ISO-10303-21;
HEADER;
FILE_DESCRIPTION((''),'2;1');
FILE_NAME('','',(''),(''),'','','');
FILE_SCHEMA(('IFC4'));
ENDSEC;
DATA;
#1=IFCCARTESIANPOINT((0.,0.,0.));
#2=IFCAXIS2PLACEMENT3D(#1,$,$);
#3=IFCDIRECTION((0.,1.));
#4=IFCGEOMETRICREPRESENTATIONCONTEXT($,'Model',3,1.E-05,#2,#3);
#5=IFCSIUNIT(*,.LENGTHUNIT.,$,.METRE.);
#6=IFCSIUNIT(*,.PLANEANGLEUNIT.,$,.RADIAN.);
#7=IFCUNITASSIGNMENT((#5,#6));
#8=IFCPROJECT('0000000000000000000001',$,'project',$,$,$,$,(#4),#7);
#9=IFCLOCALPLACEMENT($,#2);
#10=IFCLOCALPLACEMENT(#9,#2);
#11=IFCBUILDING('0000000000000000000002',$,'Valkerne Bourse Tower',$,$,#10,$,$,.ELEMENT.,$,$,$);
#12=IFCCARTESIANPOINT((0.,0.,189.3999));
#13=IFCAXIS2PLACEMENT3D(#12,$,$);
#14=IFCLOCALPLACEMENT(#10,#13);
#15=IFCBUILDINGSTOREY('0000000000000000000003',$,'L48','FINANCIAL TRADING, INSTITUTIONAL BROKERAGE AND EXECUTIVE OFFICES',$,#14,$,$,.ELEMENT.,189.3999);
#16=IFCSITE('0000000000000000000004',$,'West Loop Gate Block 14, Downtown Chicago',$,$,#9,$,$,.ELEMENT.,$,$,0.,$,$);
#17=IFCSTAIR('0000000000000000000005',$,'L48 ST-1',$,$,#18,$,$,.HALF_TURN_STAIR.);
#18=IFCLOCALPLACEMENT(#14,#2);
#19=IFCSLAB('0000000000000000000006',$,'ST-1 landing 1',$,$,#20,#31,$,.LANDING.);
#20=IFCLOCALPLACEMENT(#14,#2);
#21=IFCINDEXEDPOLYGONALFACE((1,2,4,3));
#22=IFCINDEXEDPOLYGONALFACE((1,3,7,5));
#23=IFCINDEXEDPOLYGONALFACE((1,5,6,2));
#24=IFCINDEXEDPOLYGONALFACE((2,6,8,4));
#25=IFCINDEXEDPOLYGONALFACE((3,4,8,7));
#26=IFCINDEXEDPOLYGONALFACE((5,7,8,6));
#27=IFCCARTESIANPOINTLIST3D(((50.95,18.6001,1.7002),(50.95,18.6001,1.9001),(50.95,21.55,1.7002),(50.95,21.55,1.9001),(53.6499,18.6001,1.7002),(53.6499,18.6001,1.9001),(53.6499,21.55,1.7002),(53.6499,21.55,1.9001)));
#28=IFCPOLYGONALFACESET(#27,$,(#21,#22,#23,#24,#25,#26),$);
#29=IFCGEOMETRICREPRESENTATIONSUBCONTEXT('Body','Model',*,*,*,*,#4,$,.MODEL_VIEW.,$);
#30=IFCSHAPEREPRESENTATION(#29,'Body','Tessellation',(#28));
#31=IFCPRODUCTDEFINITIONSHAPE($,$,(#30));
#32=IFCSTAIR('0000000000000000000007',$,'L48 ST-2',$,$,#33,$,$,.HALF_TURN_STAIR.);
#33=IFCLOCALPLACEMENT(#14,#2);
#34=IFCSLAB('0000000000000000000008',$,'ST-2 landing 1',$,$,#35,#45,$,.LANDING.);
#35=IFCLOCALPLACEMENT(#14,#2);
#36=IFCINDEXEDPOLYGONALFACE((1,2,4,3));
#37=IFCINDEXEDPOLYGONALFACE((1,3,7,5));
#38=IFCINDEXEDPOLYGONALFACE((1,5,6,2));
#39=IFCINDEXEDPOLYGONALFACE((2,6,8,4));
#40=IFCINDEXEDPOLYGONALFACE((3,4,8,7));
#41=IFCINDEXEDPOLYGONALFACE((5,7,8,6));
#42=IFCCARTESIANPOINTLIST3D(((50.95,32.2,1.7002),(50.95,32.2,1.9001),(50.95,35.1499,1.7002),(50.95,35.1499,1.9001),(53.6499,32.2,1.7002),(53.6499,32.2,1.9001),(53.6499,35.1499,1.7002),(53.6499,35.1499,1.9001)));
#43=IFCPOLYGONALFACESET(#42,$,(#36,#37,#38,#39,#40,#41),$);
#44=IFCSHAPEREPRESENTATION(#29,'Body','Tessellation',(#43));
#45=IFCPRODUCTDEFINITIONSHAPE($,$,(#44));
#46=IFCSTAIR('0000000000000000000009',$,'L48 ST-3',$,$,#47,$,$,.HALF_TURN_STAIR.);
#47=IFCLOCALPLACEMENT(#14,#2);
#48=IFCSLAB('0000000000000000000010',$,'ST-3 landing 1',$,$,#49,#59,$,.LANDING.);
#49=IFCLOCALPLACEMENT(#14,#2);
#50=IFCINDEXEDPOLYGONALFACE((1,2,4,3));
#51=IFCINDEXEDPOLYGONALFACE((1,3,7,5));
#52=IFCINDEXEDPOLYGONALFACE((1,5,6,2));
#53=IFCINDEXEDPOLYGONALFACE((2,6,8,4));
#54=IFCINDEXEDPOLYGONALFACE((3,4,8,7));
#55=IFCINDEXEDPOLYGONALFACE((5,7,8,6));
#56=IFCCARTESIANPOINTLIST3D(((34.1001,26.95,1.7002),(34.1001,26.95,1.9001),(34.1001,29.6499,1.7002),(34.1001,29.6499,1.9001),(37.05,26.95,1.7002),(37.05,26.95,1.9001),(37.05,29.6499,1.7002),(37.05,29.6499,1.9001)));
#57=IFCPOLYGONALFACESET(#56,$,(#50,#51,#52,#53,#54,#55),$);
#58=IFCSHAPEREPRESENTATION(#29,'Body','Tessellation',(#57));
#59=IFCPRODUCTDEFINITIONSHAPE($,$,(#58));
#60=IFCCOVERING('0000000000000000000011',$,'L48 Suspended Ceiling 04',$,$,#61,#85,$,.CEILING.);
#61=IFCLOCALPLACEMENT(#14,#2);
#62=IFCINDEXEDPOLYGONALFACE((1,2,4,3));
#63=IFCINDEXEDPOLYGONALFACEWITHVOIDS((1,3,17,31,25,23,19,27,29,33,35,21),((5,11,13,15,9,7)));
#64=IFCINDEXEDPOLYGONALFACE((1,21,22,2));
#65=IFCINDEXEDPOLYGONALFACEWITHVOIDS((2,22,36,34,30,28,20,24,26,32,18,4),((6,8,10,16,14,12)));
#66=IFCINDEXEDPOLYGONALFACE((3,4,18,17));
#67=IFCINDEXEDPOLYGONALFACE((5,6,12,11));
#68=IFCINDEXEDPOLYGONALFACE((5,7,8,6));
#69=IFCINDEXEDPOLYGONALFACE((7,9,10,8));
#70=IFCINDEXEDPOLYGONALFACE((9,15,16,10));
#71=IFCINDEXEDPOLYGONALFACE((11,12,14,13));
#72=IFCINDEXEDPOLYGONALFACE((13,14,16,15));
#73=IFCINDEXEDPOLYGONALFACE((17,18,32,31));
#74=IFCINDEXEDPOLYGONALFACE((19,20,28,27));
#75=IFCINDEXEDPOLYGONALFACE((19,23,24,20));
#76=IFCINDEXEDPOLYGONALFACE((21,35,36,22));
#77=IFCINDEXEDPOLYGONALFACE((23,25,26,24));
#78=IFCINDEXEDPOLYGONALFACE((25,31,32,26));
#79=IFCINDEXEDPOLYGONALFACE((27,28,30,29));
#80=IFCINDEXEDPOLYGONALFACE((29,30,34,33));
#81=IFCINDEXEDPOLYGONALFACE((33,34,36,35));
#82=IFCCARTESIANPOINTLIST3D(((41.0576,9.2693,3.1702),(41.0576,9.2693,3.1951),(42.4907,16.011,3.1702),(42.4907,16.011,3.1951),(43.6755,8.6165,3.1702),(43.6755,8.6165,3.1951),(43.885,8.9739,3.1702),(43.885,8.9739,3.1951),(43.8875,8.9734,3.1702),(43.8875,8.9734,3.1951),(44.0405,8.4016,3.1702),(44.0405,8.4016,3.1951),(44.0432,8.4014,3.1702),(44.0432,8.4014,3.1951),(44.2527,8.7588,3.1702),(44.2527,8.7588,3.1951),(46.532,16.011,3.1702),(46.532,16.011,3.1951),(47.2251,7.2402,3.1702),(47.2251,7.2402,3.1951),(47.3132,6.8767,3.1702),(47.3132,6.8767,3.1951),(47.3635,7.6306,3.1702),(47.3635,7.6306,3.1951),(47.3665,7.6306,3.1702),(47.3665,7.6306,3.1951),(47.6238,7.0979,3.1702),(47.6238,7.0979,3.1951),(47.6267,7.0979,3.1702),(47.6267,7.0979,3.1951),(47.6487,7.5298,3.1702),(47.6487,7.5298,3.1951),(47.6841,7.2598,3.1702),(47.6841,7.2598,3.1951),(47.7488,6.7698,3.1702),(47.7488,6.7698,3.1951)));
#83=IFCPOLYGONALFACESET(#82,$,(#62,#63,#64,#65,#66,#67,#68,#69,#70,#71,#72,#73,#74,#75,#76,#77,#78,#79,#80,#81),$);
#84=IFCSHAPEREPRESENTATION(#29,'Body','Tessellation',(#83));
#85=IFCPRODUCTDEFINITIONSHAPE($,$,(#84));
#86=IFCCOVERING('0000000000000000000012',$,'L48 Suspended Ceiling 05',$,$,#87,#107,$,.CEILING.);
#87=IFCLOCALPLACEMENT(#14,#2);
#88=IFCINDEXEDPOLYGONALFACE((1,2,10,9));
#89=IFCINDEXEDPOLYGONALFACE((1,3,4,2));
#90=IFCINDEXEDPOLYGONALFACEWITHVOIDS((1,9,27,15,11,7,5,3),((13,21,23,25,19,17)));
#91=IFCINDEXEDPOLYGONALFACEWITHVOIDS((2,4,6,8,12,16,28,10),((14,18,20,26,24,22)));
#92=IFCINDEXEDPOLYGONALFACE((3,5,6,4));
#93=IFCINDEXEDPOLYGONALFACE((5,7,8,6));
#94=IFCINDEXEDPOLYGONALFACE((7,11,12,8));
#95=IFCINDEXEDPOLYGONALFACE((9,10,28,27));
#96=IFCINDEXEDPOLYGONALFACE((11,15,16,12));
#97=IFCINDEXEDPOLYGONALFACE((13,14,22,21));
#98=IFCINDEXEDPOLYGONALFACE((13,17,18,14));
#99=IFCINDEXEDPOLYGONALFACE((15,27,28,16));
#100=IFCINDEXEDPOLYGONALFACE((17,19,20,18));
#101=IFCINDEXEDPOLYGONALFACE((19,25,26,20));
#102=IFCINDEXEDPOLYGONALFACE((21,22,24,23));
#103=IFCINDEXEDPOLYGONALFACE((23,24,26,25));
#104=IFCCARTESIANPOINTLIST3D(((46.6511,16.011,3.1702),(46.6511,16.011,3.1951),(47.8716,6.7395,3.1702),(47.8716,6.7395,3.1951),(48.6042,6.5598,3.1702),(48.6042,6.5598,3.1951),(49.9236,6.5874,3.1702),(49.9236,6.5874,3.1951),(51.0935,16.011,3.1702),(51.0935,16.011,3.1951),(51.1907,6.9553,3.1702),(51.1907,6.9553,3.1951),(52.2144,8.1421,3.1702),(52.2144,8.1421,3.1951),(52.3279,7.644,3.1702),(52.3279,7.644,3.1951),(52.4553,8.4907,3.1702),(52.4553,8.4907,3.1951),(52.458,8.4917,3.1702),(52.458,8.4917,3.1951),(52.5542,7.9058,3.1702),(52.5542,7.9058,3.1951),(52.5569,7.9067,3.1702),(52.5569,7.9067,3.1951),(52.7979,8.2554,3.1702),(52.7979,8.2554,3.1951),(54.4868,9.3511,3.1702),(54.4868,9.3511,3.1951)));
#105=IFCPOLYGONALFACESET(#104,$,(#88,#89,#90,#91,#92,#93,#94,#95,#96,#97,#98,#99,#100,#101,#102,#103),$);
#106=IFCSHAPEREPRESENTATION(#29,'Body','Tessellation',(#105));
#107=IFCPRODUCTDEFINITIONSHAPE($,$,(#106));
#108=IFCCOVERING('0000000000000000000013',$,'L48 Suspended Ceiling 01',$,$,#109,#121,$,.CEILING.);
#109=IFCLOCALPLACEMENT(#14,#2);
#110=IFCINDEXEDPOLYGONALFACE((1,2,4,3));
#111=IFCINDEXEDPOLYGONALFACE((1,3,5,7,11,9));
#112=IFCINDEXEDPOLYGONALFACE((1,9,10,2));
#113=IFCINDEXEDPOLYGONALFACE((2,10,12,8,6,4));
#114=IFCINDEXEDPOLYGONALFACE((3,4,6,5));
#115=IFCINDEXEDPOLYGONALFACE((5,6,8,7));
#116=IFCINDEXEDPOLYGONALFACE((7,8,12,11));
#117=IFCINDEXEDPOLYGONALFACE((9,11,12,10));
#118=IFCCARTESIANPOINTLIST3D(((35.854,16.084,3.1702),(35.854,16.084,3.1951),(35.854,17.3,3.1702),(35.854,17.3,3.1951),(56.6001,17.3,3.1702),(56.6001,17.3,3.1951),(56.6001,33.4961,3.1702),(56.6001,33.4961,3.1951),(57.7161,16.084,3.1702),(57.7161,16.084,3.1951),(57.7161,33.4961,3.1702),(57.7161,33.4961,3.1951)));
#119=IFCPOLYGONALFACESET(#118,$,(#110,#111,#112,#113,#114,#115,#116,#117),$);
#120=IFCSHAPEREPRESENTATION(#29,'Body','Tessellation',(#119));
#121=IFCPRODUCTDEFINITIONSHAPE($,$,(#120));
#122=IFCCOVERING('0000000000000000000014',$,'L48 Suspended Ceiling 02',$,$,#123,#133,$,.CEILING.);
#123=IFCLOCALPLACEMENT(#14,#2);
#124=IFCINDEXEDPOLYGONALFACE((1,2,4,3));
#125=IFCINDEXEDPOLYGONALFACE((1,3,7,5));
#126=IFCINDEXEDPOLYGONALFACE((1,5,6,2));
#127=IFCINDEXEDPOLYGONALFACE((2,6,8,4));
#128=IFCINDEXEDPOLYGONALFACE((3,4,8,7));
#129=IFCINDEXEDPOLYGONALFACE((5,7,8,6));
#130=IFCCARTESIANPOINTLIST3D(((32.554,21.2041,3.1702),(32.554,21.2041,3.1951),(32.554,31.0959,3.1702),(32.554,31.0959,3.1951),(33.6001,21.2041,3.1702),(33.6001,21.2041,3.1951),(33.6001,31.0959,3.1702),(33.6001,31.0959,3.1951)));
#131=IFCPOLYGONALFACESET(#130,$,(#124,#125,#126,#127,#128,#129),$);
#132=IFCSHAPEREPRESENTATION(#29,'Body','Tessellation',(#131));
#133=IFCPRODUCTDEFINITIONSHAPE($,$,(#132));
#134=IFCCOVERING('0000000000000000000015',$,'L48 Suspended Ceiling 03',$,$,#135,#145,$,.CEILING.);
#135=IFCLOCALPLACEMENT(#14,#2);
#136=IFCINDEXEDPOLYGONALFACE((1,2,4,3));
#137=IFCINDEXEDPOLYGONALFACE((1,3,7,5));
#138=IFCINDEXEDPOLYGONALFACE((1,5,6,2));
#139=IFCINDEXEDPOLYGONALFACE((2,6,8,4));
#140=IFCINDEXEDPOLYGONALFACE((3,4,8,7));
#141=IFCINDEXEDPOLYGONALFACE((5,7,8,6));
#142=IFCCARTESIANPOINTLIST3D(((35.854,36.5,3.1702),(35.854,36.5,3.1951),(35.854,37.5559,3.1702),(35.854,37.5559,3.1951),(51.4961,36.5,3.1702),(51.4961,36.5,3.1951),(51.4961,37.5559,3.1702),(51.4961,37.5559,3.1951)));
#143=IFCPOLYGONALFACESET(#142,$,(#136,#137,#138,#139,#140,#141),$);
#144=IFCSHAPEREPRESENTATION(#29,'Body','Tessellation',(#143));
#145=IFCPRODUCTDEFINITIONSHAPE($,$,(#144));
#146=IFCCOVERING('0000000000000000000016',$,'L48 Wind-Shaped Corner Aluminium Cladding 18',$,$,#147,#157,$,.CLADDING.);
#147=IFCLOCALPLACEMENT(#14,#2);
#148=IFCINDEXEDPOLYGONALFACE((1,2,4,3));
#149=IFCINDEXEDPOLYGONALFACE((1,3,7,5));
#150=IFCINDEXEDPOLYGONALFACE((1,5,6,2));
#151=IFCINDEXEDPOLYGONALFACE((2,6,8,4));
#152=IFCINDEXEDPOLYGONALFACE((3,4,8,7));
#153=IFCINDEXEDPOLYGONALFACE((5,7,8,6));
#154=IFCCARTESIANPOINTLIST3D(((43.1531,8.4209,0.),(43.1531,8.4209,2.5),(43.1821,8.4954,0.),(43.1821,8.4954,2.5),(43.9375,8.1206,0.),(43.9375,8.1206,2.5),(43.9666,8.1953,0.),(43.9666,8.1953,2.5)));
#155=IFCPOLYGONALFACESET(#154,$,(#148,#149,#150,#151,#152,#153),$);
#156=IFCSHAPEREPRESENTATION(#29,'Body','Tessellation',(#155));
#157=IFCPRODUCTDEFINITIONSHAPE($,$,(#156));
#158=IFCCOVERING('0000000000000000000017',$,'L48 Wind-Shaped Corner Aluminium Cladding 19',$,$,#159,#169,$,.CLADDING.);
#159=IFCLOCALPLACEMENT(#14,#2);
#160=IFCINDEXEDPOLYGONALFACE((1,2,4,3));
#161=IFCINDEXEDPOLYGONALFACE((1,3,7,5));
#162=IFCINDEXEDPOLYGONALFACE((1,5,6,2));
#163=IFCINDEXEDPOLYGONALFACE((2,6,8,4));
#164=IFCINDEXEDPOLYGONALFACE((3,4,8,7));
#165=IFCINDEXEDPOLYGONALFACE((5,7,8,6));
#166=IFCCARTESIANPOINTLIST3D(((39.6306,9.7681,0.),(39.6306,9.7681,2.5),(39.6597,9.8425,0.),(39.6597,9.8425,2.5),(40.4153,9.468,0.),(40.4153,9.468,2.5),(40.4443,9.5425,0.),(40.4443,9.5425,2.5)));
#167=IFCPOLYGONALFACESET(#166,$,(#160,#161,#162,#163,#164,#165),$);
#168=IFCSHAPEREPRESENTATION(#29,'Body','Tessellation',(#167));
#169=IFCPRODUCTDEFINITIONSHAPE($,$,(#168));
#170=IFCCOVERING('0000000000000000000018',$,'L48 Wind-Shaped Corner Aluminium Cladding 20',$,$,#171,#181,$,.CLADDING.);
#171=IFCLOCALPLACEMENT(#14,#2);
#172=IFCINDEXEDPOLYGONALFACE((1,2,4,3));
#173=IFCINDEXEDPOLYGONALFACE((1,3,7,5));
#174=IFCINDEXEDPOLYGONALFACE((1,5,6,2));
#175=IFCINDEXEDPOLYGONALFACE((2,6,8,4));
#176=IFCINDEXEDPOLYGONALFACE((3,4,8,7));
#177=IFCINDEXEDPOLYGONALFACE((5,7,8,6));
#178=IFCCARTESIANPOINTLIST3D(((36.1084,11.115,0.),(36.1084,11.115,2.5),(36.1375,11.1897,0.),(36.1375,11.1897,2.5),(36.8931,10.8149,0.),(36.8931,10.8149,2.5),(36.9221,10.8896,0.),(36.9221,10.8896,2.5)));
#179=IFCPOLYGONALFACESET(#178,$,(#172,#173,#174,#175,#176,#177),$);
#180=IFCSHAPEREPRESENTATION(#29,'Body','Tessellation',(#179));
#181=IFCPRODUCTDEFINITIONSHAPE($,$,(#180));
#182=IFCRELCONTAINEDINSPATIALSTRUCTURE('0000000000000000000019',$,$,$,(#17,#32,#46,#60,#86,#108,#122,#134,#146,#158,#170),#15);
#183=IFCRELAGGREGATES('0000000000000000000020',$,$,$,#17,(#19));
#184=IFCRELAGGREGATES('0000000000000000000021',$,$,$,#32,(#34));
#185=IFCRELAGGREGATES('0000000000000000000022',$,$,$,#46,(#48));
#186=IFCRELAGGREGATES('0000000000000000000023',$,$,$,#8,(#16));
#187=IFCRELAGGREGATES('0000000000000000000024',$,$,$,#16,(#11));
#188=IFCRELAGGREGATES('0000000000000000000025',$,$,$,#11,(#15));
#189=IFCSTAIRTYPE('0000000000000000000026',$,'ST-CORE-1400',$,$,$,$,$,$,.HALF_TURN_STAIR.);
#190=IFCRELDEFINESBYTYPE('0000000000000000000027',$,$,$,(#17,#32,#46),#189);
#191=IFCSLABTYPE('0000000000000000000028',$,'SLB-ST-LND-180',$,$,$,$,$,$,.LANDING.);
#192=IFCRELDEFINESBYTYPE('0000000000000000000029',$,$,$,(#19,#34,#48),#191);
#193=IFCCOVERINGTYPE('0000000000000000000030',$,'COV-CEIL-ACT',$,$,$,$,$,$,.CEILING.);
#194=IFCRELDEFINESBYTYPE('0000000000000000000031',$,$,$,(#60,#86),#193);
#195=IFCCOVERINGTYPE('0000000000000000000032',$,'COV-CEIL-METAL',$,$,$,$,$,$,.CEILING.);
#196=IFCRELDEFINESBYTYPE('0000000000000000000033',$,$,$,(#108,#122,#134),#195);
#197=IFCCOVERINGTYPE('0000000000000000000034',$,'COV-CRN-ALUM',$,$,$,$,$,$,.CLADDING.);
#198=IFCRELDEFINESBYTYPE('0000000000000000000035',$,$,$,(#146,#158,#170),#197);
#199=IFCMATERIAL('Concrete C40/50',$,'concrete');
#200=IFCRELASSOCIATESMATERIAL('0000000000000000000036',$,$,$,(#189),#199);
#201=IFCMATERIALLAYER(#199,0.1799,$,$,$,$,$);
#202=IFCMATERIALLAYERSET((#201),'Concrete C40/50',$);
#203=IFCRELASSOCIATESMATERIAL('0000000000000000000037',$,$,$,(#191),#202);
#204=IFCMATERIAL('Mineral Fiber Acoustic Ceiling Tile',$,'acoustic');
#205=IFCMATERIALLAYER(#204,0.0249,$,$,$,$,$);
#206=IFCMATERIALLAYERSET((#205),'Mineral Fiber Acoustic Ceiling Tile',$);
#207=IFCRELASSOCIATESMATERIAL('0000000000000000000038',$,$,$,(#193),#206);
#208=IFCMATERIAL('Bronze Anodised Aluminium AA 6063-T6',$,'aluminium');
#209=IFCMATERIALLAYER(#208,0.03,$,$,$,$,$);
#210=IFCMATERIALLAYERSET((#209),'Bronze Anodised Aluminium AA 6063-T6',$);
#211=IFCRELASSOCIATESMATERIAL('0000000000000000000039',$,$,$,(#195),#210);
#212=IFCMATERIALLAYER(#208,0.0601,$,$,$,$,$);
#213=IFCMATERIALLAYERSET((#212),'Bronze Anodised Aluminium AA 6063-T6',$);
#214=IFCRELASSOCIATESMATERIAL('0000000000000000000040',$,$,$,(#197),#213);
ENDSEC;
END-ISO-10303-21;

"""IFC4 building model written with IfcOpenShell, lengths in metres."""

from ifc_helpers import new_model, si_unit, direction, frame, origin, place, context, subcontext, project, spatial, polyline, outline, extrude, material, layer, layer_set, type_object, element, aggregate, save


model = new_model("IFC4")

# Units and contexts
model_context = context("Model", 3, precision=1e-05, world=origin(), true_north=direction((0.0, 1.0)))
body_context = subcontext(model_context, "Body", "Model", "MODEL_VIEW")
ifc_project = project(units=[si_unit("LENGTHUNIT", "METRE"), si_unit("PLANEANGLEUNIT", "RADIAN")], contexts=[model_context])

# Site, building, storey
site_placement = place(None, origin())
site = spatial("IfcSite", under=ifc_project, at=site_placement, Name="West Loop Gate Block 14, Downtown Chicago", CompositionType="ELEMENT", RefElevation=0.0)
building_placement = place(site_placement, origin())
building = spatial("IfcBuilding", under=site, at=building_placement, Name="Valkerne Bourse Tower", CompositionType="ELEMENT")
storey_placement = place(building_placement, frame((0.0, 0.0, 189.3999)))
storey = spatial("IfcBuildingStorey", under=building, at=storey_placement, Name="L48", Description="FINANCIAL TRADING, INSTITUTIONAL BROKERAGE AND EXECUTIVE OFFICES", CompositionType="ELEMENT", Elevation=189.3999)

# Stairs, slabs
ifc_material_1 = material(Name="Concrete C40/50", Category="concrete")
stair_type = type_object("IfcStairType", Name="ST-CORE-1400", PredefinedType="HALF_TURN_STAIR", material=ifc_material_1)
stair_1_placement = place(storey_placement, origin())
stair_1 = element("IfcStair", 1, at=stair_1_placement, inside=storey, type_object=stair_type, Name="L48 ST-1", PredefinedType="HALF_TURN_STAIR")
ifc_layer_1 = layer(ifc_material_1, 0.1799)
ifc_layer_set_1 = layer_set([ifc_layer_1], Name="Concrete C40/50")
slab_type = type_object("IfcSlabType", Name="SLB-ST-LND-180", PredefinedType="LANDING", material=ifc_layer_set_1)
slab_1_placement = place(storey_placement, frame((0.0, 0.0, 1.7002)))
slab_1 = element("IfcSlab", 2, at=slab_1_placement, type_object=slab_type, Name="ST-1 landing 1", PredefinedType="LANDING", context=body_context, shape_type="SweptSolid", body=[
    extrude(outline(polyline([(50.95, 18.6001), (53.6499, 18.6001), (53.6499, 21.55), (50.95, 21.55), (50.95, 18.6001)])), origin(), (0.0, 0.0, 1.0), 0.2),
])
aggregate(stair_1, [slab_1])
stair_2_placement = place(storey_placement, origin())
stair_2 = element("IfcStair", 3, at=stair_2_placement, inside=storey, type_object=stair_type, Name="L48 ST-2", PredefinedType="HALF_TURN_STAIR")
slab_2_placement = place(storey_placement, frame((0.0, 0.0, 1.7002)))
slab_2 = element("IfcSlab", 4, at=slab_2_placement, type_object=slab_type, Name="ST-2 landing 1", PredefinedType="LANDING", context=body_context, shape_type="SweptSolid", body=[
    extrude(outline(polyline([(50.95, 32.2), (53.6499, 32.2), (53.6499, 35.1499), (50.95, 35.1499), (50.95, 32.2)])), origin(), (0.0, 0.0, 1.0), 0.2),
])
aggregate(stair_2, [slab_2])
stair_3_placement = place(storey_placement, origin())
stair_3 = element("IfcStair", 5, at=stair_3_placement, inside=storey, type_object=stair_type, Name="L48 ST-3", PredefinedType="HALF_TURN_STAIR")
slab_3_placement = place(storey_placement, frame((0.0, 0.0, 1.7002)))
slab_3 = element("IfcSlab", 6, at=slab_3_placement, type_object=slab_type, Name="ST-3 landing 1", PredefinedType="LANDING", context=body_context, shape_type="SweptSolid", body=[
    extrude(outline(polyline([(37.05, 26.95), (37.05, 29.6499), (34.1001, 29.6499), (34.1001, 26.95), (37.05, 26.95)])), origin(), (0.0, 0.0, 1.0), 0.2),
])
aggregate(stair_3, [slab_3])

# Coverings
ifc_material_2 = material(Name="Mineral Fiber Acoustic Ceiling Tile", Category="acoustic")
ifc_layer_2 = layer(ifc_material_2, 0.0249)
ifc_layer_set_2 = layer_set([ifc_layer_2], Name="Mineral Fiber Acoustic Ceiling Tile")
covering_type_1 = type_object("IfcCoveringType", Name="COV-CEIL-ACT", PredefinedType="CEILING", material=ifc_layer_set_2)
covering_1_placement = place(storey_placement, frame((0.0, 0.0, 3.1702)))
element("IfcCovering", 7, at=covering_1_placement, inside=storey, type_object=covering_type_1, Name="L48 Suspended Ceiling 04", PredefinedType="CEILING", context=body_context, shape_type="SweptSolid", body=[
    extrude(outline(polyline([(42.4907, 16.011), (46.532, 16.011), (47.6487, 7.5298), (47.3665, 7.6306), (47.3635, 7.6306), (47.2251, 7.2402), (47.6238, 7.0979), (47.6267, 7.0979), (47.6841, 7.2598), (47.7488, 6.7698), (47.3132, 6.8767), (41.0576, 9.2693), (42.4907, 16.011)]), holes=[polyline([(43.8875, 8.9734), (43.885, 8.9739), (43.6755, 8.6165), (44.0405, 8.4016), (44.0432, 8.4014), (44.2527, 8.7588), (43.8875, 8.9734)])]), origin(), (0.0, 0.0, 1.0), 0.0249),
])
covering_2_placement = place(storey_placement, frame((0.0, 0.0, 3.1702)))
element("IfcCovering", 8, at=covering_2_placement, inside=storey, type_object=covering_type_1, Name="L48 Suspended Ceiling 05", PredefinedType="CEILING", context=body_context, shape_type="SweptSolid", body=[
    extrude(outline(polyline([(49.9236, 6.5874), (48.6042, 6.5598), (47.8716, 6.7395), (46.6511, 16.011), (51.0935, 16.011), (54.4868, 9.3511), (52.3279, 7.644), (51.1907, 6.9553), (49.9236, 6.5874)]), holes=[polyline([(52.7979, 8.2554), (52.458, 8.4917), (52.4553, 8.4907), (52.2144, 8.1421), (52.5542, 7.9058), (52.5569, 7.9067), (52.7979, 8.2554)])]), origin(), (0.0, 0.0, 1.0), 0.0249),
])
ifc_material_3 = material(Name="Bronze Anodised Aluminium AA 6063-T6", Category="aluminium")
ifc_layer_3 = layer(ifc_material_3, 0.03)
ifc_layer_set_3 = layer_set([ifc_layer_3], Name="Bronze Anodised Aluminium AA 6063-T6")
covering_type_2 = type_object("IfcCoveringType", Name="COV-CEIL-METAL", PredefinedType="CEILING", material=ifc_layer_set_3)
covering_3_placement = place(storey_placement, frame((0.0, 0.0, 3.1702)))
element("IfcCovering", 9, at=covering_3_placement, inside=storey, type_object=covering_type_2, Name="L48 Suspended Ceiling 01", PredefinedType="CEILING", context=body_context, shape_type="SweptSolid", body=[
    extrude(outline(polyline([(35.854, 17.3), (56.6001, 17.3), (56.6001, 33.4961), (57.7161, 33.4961), (57.7161, 16.084), (35.854, 16.084), (35.854, 17.3)])), origin(), (0.0, 0.0, 1.0), 0.0249),
])
covering_4_placement = place(storey_placement, frame((0.0, 0.0, 3.1702)))
element("IfcCovering", 10, at=covering_4_placement, inside=storey, type_object=covering_type_2, Name="L48 Suspended Ceiling 02", PredefinedType="CEILING", context=body_context, shape_type="SweptSolid", body=[
    extrude(outline(polyline([(32.554, 21.2041), (32.554, 31.0959), (33.6001, 31.0959), (33.6001, 21.2041), (32.554, 21.2041)])), origin(), (0.0, 0.0, 1.0), 0.0249),
])
covering_5_placement = place(storey_placement, frame((0.0, 0.0, 3.1702)))
element("IfcCovering", 11, at=covering_5_placement, inside=storey, type_object=covering_type_2, Name="L48 Suspended Ceiling 03", PredefinedType="CEILING", context=body_context, shape_type="SweptSolid", body=[
    extrude(outline(polyline([(35.854, 37.5559), (51.4961, 37.5559), (51.4961, 36.5), (35.854, 36.5), (35.854, 37.5559)])), origin(), (0.0, 0.0, 1.0), 0.0249),
])
ifc_layer_4 = layer(ifc_material_3, 0.0601)
ifc_layer_set_4 = layer_set([ifc_layer_4], Name="Bronze Anodised Aluminium AA 6063-T6")
covering_type_3 = type_object("IfcCoveringType", Name="COV-CRN-ALUM", PredefinedType="CLADDING", material=ifc_layer_set_4)
covering_6_placement = place(storey_placement, origin())
element("IfcCovering", 12, at=covering_6_placement, inside=storey, type_object=covering_type_3, Name="L48 Wind-Shaped Corner Aluminium Cladding 18", PredefinedType="CLADDING", context=body_context, shape_type="SweptSolid", body=[
    extrude(outline(polyline([(43.1531, 8.4209), (43.1821, 8.4954), (43.9666, 8.1953), (43.9375, 8.1206), (43.1531, 8.4209)])), origin(), (0.0, 0.0, 1.0), 2.5),
])
covering_7_placement = place(storey_placement, origin())
element("IfcCovering", 13, at=covering_7_placement, inside=storey, type_object=covering_type_3, Name="L48 Wind-Shaped Corner Aluminium Cladding 19", PredefinedType="CLADDING", context=body_context, shape_type="SweptSolid", body=[
    extrude(outline(polyline([(39.6306, 9.7681), (39.6597, 9.8425), (40.4443, 9.5425), (40.4153, 9.468), (39.6306, 9.7681)])), origin(), (0.0, 0.0, 1.0), 2.5),
])
covering_8_placement = place(storey_placement, origin())
element("IfcCovering", 14, at=covering_8_placement, inside=storey, type_object=covering_type_3, Name="L48 Wind-Shaped Corner Aluminium Cladding 20", PredefinedType="CLADDING", context=body_context, shape_type="SweptSolid", body=[
    extrude(outline(polyline([(36.1084, 11.115), (36.1375, 11.1897), (36.9221, 10.8896), (36.8931, 10.8149), (36.1084, 11.115)])), origin(), (0.0, 0.0, 1.0), 2.5),
])

save(model, "model.ifc")
